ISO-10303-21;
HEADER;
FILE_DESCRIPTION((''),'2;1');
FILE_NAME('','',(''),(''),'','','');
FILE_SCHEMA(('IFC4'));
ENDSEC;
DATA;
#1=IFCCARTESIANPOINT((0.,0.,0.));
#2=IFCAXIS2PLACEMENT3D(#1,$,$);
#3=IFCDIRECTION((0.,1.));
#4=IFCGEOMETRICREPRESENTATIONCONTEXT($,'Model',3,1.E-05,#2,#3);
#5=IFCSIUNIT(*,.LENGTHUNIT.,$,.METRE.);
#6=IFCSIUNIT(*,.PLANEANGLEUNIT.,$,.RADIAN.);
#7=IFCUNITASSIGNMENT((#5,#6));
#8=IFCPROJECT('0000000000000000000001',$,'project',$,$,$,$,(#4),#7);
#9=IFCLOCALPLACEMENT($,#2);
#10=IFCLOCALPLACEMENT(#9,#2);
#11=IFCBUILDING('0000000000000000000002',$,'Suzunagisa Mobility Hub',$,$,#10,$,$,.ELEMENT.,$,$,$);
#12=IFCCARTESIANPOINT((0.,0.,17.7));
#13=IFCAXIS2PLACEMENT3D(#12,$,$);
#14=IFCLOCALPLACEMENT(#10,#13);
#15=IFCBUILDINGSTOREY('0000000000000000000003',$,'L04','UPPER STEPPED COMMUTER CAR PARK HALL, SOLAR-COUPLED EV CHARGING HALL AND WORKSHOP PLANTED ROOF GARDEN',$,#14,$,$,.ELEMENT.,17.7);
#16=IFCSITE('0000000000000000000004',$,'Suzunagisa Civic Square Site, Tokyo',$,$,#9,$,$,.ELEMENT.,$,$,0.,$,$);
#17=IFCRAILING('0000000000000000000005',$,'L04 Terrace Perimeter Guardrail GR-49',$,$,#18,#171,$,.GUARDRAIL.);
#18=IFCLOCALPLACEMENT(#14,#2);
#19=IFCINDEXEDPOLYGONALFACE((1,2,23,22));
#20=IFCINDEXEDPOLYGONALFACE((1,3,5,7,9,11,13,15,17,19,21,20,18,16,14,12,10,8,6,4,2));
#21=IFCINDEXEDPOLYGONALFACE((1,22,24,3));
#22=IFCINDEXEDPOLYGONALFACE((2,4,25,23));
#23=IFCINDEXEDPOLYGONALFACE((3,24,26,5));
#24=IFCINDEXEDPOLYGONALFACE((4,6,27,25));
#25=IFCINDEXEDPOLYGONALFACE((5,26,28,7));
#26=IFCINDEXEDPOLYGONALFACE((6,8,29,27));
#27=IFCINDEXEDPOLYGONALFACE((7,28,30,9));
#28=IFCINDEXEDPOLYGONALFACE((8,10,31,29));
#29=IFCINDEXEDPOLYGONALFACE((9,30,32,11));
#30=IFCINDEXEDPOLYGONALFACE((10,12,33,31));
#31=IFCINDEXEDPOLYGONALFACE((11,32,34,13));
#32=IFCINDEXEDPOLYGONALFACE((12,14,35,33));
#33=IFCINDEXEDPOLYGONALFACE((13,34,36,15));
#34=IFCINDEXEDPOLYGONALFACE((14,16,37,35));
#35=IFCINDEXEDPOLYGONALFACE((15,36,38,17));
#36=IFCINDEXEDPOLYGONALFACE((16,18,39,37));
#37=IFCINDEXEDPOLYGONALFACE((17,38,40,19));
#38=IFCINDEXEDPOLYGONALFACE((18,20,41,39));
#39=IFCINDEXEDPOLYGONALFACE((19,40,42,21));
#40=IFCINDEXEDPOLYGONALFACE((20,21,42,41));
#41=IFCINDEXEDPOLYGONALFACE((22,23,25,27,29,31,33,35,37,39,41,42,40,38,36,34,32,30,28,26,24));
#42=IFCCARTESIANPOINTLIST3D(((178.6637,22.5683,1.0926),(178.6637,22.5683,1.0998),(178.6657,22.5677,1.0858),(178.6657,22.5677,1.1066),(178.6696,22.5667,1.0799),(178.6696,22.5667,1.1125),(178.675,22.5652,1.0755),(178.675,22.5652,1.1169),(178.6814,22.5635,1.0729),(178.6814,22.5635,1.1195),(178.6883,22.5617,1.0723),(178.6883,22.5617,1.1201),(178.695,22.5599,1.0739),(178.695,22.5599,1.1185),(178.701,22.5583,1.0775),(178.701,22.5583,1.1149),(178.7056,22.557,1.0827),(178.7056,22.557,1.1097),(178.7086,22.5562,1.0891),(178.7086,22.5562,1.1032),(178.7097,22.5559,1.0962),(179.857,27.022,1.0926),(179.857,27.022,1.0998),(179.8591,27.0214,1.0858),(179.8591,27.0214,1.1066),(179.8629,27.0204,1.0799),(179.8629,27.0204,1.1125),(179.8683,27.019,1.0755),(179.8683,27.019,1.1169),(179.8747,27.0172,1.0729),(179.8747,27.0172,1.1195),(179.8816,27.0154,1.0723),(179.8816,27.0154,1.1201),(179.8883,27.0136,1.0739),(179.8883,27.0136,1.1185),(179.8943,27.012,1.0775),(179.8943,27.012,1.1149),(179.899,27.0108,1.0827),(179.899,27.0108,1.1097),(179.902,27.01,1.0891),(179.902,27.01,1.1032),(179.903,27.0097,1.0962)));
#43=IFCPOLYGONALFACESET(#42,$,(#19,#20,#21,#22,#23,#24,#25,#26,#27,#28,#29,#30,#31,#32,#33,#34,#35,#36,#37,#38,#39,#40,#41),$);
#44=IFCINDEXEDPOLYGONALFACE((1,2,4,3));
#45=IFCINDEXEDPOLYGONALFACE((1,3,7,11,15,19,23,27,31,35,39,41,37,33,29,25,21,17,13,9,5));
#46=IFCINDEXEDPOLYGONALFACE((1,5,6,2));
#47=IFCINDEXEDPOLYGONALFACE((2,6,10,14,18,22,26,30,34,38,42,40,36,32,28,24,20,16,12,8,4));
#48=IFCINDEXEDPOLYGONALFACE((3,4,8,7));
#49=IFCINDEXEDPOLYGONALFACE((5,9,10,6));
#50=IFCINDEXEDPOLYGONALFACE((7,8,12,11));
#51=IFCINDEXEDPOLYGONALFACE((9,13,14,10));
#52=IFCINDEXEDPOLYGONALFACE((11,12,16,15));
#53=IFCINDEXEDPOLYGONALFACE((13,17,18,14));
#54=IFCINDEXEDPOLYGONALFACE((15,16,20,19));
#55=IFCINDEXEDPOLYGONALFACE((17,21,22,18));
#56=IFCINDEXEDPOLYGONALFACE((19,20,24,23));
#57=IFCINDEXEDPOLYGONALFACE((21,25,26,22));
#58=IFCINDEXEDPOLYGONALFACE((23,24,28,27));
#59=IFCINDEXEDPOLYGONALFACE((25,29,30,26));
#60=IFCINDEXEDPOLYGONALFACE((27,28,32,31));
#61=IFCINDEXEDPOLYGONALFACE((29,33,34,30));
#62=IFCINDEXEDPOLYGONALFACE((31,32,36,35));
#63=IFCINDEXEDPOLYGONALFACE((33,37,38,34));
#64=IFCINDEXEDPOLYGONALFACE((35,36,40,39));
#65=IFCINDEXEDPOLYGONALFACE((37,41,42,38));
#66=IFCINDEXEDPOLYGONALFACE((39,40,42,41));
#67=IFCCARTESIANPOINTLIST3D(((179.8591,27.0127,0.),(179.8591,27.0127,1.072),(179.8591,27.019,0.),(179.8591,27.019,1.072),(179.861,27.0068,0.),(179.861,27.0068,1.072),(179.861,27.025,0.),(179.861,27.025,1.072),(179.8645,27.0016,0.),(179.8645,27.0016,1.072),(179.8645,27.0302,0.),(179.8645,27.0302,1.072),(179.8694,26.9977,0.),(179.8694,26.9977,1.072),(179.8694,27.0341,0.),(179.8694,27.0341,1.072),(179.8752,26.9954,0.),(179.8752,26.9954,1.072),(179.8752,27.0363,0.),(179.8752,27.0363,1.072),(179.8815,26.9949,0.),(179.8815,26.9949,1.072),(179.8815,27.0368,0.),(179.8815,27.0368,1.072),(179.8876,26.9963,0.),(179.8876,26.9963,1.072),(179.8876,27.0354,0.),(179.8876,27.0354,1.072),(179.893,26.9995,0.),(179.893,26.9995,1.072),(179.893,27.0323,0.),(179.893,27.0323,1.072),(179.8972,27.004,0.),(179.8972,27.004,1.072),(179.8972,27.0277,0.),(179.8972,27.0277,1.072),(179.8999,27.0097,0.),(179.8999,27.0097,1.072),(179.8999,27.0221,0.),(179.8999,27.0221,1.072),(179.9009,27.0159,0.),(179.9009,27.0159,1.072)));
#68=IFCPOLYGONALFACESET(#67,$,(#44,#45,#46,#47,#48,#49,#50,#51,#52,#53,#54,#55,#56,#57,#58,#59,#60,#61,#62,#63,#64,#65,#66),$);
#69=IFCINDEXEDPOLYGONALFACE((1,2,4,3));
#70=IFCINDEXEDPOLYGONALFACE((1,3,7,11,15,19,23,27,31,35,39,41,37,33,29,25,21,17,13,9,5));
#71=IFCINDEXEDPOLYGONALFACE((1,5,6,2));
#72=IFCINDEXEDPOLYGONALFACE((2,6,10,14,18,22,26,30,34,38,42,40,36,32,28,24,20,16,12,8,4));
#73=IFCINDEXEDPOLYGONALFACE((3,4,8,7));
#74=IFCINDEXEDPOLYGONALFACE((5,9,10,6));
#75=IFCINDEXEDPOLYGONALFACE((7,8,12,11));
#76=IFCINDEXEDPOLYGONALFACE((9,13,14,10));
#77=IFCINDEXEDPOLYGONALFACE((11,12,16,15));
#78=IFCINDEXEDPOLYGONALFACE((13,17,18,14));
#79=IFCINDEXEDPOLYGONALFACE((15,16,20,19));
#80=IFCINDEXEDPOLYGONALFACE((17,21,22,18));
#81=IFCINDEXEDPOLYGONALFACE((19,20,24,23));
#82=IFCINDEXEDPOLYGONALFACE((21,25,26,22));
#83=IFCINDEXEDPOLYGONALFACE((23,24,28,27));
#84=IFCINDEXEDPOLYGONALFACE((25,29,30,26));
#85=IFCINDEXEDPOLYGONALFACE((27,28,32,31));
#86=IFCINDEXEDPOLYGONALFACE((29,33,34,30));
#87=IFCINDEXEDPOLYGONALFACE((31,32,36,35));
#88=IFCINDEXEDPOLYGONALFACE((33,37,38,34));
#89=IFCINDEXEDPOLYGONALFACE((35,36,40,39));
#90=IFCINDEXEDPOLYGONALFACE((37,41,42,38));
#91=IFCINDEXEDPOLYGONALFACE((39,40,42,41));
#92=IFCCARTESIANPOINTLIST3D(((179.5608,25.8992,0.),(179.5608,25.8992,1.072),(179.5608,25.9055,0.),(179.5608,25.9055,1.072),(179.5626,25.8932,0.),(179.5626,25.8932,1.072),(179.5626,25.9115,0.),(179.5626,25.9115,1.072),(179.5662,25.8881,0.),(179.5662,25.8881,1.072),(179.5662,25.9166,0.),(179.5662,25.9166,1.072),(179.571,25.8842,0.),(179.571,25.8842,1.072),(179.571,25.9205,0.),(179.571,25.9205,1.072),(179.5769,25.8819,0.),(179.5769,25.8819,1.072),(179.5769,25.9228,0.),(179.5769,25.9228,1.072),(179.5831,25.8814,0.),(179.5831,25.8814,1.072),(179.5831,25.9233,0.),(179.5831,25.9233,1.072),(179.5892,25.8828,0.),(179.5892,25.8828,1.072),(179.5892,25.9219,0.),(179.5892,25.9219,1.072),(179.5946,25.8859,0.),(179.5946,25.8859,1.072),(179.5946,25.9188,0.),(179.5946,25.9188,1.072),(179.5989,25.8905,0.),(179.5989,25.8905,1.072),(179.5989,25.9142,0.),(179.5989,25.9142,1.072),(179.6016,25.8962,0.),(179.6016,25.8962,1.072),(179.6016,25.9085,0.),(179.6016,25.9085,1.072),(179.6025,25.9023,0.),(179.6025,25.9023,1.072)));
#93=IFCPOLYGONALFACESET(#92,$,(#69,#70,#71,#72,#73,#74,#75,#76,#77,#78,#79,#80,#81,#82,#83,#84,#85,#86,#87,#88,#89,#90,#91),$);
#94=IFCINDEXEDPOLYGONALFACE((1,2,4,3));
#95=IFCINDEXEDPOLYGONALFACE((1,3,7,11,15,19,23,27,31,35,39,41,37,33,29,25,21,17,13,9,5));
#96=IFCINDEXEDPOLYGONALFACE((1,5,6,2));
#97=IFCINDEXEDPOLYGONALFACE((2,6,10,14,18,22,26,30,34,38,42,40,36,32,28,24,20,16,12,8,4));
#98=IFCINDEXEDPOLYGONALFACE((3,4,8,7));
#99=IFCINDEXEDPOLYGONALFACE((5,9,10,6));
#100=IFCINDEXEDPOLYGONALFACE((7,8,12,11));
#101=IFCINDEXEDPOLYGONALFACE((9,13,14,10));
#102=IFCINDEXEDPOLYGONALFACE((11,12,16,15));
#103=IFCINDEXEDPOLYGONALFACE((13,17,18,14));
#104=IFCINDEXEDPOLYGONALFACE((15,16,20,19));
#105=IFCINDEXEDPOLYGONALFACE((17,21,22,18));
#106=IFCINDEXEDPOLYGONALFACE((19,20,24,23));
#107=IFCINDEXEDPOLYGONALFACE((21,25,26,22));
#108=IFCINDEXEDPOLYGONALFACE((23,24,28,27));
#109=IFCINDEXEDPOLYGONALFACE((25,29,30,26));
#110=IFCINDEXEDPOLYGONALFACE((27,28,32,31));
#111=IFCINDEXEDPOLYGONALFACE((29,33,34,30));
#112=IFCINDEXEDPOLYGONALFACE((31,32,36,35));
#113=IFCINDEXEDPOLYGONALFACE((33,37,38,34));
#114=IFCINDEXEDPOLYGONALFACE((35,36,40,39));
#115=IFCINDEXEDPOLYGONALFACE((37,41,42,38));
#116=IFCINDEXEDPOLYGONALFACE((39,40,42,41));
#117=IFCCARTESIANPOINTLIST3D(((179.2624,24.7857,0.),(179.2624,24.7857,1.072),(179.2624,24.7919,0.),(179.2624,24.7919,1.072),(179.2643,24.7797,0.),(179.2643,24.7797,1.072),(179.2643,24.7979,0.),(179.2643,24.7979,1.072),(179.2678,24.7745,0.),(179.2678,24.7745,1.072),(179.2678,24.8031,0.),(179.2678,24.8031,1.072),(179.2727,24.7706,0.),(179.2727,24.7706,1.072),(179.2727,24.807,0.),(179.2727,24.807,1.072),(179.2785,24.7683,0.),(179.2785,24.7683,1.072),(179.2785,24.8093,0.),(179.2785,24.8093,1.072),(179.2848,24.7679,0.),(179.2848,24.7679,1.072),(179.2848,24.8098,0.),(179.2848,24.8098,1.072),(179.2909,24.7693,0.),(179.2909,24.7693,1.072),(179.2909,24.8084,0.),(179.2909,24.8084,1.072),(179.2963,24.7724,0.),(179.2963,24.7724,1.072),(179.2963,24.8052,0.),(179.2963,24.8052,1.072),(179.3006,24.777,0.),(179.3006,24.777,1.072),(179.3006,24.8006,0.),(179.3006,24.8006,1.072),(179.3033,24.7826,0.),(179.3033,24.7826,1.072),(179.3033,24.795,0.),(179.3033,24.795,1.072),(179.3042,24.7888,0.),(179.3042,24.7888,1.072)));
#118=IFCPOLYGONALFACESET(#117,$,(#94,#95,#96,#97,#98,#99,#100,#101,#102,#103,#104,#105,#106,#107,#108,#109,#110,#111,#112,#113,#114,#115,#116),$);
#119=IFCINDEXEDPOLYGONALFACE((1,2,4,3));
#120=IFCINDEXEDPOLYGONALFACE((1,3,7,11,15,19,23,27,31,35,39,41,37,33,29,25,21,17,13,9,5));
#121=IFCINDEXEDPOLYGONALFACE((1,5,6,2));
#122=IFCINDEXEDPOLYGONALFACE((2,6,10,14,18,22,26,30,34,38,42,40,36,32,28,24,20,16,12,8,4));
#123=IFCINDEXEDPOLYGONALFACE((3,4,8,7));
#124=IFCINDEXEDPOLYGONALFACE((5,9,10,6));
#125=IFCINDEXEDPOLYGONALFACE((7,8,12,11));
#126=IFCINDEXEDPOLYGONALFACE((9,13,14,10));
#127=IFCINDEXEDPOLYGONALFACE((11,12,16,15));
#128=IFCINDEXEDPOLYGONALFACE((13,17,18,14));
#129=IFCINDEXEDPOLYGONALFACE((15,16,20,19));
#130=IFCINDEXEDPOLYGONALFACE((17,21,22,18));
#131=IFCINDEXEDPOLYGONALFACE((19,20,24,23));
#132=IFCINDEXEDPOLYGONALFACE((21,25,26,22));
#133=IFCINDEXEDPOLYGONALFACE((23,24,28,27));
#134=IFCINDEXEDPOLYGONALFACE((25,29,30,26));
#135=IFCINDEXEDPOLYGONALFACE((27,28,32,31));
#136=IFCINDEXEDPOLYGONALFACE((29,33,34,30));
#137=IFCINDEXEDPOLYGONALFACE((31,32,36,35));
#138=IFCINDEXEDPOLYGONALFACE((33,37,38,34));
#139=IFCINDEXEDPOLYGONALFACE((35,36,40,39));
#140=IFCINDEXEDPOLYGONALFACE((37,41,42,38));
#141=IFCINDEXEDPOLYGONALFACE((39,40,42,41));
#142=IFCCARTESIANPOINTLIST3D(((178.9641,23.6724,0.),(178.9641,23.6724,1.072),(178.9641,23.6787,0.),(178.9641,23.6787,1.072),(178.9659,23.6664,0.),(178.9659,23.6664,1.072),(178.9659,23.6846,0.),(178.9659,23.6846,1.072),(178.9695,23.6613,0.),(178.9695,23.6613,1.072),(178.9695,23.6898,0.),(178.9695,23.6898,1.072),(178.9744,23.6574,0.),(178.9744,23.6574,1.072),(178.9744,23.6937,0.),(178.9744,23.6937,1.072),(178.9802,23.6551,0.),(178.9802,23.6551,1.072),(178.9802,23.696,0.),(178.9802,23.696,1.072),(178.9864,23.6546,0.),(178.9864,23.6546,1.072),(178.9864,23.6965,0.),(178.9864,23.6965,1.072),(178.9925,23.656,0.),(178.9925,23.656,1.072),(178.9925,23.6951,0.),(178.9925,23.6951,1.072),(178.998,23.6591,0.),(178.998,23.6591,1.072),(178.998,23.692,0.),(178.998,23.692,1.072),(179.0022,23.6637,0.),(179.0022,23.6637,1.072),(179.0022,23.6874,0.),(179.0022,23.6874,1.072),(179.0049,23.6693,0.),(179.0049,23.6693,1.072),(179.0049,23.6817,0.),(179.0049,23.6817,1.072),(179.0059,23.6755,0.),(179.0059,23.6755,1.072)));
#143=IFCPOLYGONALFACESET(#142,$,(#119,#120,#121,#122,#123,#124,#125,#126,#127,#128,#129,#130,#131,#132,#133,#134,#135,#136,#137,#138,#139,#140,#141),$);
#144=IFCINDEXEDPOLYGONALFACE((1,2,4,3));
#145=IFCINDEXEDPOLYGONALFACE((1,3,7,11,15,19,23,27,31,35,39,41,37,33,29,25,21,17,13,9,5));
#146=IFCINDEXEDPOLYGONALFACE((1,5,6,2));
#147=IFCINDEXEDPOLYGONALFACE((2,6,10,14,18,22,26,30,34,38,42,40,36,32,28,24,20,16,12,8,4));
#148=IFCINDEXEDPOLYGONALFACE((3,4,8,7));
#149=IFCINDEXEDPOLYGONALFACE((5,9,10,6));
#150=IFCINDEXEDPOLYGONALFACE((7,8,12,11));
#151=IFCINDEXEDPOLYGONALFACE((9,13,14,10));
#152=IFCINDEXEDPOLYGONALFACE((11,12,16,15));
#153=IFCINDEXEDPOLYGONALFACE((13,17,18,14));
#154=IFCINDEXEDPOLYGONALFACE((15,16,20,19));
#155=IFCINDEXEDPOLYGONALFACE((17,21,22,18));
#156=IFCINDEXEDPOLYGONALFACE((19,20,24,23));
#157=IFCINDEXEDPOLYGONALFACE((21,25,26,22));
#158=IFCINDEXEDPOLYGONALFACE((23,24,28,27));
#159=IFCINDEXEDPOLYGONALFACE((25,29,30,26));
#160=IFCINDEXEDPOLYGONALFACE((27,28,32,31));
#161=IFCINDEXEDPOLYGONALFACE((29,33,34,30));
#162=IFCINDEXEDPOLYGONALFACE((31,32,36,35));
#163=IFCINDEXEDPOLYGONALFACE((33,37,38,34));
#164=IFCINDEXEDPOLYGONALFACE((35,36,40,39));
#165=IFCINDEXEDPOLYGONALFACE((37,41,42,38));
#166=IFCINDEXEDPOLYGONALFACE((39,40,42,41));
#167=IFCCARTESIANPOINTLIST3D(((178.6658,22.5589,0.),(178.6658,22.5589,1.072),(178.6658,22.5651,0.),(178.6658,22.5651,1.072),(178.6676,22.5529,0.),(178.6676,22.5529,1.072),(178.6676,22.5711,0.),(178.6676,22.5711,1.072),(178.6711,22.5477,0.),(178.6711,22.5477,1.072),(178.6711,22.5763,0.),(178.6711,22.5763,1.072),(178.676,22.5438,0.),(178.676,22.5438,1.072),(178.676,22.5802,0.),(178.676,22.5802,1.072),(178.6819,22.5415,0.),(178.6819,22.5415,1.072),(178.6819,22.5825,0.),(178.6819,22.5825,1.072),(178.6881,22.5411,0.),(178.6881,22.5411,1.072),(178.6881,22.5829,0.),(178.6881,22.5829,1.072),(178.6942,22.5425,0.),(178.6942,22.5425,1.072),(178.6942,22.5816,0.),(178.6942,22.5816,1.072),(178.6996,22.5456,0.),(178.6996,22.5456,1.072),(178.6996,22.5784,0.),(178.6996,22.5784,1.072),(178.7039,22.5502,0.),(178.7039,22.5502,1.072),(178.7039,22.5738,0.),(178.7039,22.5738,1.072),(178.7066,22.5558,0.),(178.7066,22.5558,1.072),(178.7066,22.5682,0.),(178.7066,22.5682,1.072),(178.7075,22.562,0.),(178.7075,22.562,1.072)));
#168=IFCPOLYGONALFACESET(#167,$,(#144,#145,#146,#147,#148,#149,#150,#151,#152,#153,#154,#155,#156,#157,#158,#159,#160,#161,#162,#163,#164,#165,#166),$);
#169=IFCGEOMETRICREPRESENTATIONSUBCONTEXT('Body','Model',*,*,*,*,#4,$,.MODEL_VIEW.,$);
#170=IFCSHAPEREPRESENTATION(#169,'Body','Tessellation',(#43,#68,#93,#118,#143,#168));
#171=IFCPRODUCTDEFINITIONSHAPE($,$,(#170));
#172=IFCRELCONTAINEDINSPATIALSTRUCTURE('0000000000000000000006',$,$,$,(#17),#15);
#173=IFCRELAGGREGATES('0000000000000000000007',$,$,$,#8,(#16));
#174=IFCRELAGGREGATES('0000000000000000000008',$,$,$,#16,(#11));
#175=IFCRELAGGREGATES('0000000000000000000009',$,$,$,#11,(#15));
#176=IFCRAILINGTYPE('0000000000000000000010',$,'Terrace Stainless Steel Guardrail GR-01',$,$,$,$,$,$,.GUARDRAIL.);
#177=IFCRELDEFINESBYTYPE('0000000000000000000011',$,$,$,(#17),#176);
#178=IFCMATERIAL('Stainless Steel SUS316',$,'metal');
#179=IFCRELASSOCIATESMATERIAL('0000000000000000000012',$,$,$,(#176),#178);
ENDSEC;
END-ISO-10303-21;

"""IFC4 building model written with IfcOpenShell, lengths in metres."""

from ifc_helpers import new_model, si_unit, direction, frame, origin, origin_2d, place, context, subcontext, project, spatial, circle, extrude, material, type_object, element, save


model = new_model("IFC4")

# Units and contexts
model_context = context("Model", 3, precision=1e-05, world=origin(), true_north=direction((0.0, 1.0)))
body_context = subcontext(model_context, "Body", "Model", "MODEL_VIEW")
ifc_project = project(units=[si_unit("LENGTHUNIT", "METRE"), si_unit("PLANEANGLEUNIT", "RADIAN")], contexts=[model_context])

# Site, building, storey
site_placement = place(None, origin())
site = spatial("IfcSite", under=ifc_project, at=site_placement, Name="Suzunagisa Civic Square Site, Tokyo", CompositionType="ELEMENT", RefElevation=0.0)
building_placement = place(site_placement, origin())
building = spatial("IfcBuilding", under=site, at=building_placement, Name="Suzunagisa Mobility Hub", CompositionType="ELEMENT")
storey_placement = place(building_placement, frame((0.0, 0.0, 17.7)))
storey = spatial("IfcBuildingStorey", under=building, at=storey_placement, Name="L04", Description="UPPER STEPPED COMMUTER CAR PARK HALL, SOLAR-COUPLED EV CHARGING HALL AND WORKSHOP PLANTED ROOF GARDEN", CompositionType="ELEMENT", Elevation=17.7)

# Railing
ifc_material_1 = material(Name="Stainless Steel SUS316", Category="metal")
railing_type_1 = type_object("IfcRailingType", Name="Terrace Stainless Steel Guardrail GR-01", PredefinedType="GUARDRAIL", material=ifc_material_1)
railing_1_placement = place(storey_placement, frame((179.8799, 27.0159, 0.0)))
element("IfcRailing", 1, at=railing_1_placement, inside=storey, type_object=railing_type_1, Name="L04 Terrace Perimeter Guardrail GR-49", PredefinedType="GUARDRAIL", context=body_context, shape_type="SweptSolid", body=[
    extrude(circle(Radius=0.0239, at=origin_2d()), frame((0.0, 0.0, 1.0962), z_axis=(-0.258809, -0.965928, 0.0), x_axis=(0.965928, -0.258809, 0.0)), (0.0, 0.0, 1.0), 4.6108),
    extrude(circle(Radius=0.021, at=origin_2d()), origin(), (0.0, 0.0, 1.0), 1.072),
    extrude(circle(Radius=0.021, at=origin_2d()), frame((-0.2983, -1.1135, 0.0)), (0.0, 0.0, 1.0), 1.072),
    extrude(circle(Radius=0.021, at=origin_2d()), frame((-0.5967, -2.2271, 0.0)), (0.0, 0.0, 1.0), 1.072),
    extrude(circle(Radius=0.021, at=origin_2d()), frame((-0.895, -3.3403, 0.0)), (0.0, 0.0, 1.0), 1.072),
    extrude(circle(Radius=0.021, at=origin_2d()), frame((-1.1934, -4.4539, 0.0)), (0.0, 0.0, 1.0), 1.072),
])

save(model, "model.ifc")
